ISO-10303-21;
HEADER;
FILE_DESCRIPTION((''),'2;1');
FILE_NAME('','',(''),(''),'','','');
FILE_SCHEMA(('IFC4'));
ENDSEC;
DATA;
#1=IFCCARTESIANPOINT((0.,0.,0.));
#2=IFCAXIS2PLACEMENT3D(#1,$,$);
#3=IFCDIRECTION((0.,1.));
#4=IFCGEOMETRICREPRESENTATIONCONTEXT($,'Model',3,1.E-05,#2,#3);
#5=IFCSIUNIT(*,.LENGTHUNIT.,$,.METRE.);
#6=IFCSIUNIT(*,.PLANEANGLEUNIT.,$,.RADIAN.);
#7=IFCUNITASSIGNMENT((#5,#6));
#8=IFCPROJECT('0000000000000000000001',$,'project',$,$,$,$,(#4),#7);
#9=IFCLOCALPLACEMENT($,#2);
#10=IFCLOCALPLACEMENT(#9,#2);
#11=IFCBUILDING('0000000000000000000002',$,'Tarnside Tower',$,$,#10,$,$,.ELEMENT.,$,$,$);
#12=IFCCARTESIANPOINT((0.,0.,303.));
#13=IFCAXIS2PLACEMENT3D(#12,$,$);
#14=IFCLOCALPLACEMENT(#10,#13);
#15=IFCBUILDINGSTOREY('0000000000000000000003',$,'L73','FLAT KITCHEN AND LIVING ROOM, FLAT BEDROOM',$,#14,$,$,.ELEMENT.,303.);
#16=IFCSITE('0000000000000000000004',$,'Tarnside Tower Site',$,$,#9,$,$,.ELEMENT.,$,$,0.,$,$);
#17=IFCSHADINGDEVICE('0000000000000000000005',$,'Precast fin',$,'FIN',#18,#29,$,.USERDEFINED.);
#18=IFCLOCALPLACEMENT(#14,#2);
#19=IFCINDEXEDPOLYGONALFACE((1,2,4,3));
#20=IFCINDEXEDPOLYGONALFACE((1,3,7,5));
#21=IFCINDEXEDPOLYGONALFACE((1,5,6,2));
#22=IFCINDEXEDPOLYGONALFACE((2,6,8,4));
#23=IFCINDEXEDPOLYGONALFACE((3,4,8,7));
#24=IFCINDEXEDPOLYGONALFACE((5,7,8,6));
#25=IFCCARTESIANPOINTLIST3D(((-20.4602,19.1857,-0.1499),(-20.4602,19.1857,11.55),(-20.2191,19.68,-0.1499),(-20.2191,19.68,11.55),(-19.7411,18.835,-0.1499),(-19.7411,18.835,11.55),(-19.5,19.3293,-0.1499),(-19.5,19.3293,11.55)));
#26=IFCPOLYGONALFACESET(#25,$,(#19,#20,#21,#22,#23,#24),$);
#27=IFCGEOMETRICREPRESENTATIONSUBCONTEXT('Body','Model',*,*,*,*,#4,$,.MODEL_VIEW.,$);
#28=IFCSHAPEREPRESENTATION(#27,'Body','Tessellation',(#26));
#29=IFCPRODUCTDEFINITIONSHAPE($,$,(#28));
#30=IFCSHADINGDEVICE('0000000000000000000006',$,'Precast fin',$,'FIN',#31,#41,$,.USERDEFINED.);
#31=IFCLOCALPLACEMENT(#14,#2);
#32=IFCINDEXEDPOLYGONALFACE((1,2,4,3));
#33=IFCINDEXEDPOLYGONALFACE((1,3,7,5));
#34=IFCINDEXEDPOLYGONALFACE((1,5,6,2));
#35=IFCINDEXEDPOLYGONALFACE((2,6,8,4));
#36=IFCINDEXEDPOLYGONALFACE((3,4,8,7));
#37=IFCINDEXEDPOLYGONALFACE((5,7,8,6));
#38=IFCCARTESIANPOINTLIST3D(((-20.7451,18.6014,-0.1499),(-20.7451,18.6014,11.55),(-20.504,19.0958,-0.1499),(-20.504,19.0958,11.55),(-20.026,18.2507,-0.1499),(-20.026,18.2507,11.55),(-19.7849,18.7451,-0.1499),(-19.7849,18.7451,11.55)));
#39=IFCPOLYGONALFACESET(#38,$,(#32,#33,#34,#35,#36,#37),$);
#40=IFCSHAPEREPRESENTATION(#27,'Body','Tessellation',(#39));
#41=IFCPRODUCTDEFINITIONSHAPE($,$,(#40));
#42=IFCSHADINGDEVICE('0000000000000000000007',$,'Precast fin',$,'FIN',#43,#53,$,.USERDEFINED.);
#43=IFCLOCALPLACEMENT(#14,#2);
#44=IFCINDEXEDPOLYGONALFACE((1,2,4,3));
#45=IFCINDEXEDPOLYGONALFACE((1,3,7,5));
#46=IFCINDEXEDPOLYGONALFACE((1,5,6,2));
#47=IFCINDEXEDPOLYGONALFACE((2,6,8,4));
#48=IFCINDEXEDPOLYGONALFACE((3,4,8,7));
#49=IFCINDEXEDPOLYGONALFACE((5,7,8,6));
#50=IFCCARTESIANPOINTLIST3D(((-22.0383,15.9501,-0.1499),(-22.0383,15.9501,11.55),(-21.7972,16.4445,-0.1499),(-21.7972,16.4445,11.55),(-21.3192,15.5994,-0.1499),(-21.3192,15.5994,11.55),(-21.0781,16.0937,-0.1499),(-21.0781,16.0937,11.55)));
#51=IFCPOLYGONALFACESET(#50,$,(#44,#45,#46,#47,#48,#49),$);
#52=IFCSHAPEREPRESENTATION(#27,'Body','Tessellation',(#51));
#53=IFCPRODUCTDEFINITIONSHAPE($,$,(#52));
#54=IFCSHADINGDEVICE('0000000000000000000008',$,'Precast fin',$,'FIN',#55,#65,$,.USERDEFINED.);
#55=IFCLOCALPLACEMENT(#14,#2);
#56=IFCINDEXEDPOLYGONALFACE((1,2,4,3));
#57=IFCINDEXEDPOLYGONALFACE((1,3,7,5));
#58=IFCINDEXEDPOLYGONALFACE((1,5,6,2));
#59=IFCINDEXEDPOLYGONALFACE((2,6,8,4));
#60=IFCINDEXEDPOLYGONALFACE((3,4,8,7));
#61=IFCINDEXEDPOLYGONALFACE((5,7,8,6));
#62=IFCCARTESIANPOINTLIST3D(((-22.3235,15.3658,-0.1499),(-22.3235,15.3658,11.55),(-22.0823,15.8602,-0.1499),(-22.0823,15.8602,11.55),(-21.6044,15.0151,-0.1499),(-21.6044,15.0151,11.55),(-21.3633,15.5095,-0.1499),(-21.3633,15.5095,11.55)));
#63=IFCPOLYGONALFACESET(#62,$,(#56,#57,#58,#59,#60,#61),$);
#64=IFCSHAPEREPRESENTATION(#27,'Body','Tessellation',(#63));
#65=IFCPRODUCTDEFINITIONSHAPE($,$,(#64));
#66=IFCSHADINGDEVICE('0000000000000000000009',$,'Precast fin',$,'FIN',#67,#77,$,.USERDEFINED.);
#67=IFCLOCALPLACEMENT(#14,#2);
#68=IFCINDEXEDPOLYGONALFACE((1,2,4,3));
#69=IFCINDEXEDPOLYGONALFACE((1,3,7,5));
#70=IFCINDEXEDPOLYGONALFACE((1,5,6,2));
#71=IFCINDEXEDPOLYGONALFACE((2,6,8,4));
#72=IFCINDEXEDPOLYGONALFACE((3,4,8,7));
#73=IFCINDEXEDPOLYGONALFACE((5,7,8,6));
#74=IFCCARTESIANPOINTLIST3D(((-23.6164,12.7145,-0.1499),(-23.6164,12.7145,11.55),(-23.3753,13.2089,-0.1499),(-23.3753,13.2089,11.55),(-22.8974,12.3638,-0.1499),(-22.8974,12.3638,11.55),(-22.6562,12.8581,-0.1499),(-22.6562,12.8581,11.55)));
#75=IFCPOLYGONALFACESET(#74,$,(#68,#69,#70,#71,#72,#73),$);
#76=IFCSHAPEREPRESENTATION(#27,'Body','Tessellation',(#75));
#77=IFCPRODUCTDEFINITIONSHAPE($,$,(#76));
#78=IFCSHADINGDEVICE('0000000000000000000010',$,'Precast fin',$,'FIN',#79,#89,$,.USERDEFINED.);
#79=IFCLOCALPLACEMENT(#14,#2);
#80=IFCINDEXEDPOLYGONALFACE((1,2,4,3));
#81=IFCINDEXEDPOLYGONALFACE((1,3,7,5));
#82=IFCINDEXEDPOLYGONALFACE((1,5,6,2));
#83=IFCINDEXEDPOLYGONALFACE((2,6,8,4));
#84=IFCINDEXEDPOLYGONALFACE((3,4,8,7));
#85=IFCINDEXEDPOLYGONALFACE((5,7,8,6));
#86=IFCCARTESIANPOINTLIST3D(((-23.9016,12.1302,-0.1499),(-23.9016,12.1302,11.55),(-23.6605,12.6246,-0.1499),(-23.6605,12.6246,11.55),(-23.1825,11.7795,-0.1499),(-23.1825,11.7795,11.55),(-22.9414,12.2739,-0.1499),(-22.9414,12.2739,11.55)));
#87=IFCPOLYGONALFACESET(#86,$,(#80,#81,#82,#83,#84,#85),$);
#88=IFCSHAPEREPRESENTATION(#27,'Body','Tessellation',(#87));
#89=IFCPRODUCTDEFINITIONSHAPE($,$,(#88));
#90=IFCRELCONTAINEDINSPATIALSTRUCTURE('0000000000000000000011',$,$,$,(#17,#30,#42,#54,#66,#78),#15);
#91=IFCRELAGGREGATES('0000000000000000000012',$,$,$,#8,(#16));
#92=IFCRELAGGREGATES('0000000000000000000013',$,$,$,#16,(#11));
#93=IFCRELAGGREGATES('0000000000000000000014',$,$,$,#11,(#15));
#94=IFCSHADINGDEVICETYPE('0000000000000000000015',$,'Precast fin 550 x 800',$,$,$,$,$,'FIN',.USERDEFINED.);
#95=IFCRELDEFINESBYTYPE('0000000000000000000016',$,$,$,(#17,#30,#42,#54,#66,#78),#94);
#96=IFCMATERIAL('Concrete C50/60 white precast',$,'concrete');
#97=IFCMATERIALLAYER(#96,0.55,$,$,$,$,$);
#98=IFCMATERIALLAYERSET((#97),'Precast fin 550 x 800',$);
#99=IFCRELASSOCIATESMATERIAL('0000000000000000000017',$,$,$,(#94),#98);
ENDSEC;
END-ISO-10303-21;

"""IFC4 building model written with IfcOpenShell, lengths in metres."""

from ifc_helpers import new_model, si_unit, direction, frame, origin, place, context, subcontext, project, spatial, polyline, outline, extrude, material, layer, layer_set, type_object, element, save


model = new_model("IFC4")

# Units and contexts
model_context = context("Model", 3, precision=1e-05, world=origin(), true_north=direction((0.0, 1.0)))
body_context = subcontext(model_context, "Body", "Model", "MODEL_VIEW")
ifc_project = project(units=[si_unit("LENGTHUNIT", "METRE"), si_unit("PLANEANGLEUNIT", "RADIAN")], contexts=[model_context])

# Site, building, storey
site_placement = place(None, origin())
site = spatial("IfcSite", under=ifc_project, at=site_placement, Name="Tarnside Tower Site", CompositionType="ELEMENT", RefElevation=0.0)
building_placement = place(site_placement, origin())
building = spatial("IfcBuilding", under=site, at=building_placement, Name="Tarnside Tower", CompositionType="ELEMENT")
storey_placement = place(building_placement, frame((0.0, 0.0, 303.0)))
storey = spatial("IfcBuildingStorey", under=building, at=storey_placement, Name="L73", Description="FLAT KITCHEN AND LIVING ROOM, FLAT BEDROOM", CompositionType="ELEMENT", Elevation=303.0)

# Shading devices
ifc_material_1 = material(Name="Concrete C50/60 white precast", Category="concrete")
ifc_layer_1 = layer(ifc_material_1, 0.55)
ifc_layer_set_1 = layer_set([ifc_layer_1], Name="Precast fin 550 x 800")
shading_device_type = type_object("IfcShadingDeviceType", Name="Precast fin 550 x 800", ElementType="FIN", PredefinedType="USERDEFINED", material=ifc_layer_set_1)
for number, where, z_axis, x_axis, name in (
    (1, (-19.6206, 19.082, -0.1499), (0.438371, 0.898794, 0.0), (-0.898794, 0.438371, 0.0), "Precast fin"),
    (2, (-19.9055, 18.4978, -0.1499), (0.438371, 0.898794, 0.0), (-0.898794, 0.438371, 0.0), "Precast fin"),
    (3, (-21.1987, 15.8464, -0.1499), (0.438371, 0.898794, 0.0), (-0.898794, 0.438371, 0.0), "Precast fin"),
    (4, (-21.4839, 15.2622, -0.1499), (0.438371, 0.898794, 0.0), (-0.898794, 0.438371, 0.0), "Precast fin"),
    (5, (-22.7769, 12.6108, -0.1499), (0.438371, 0.898794, 0.0), (-0.898794, 0.438371, 0.0), "Precast fin"),
    (6, (-23.062, 12.0266, -0.1499), (0.438371, 0.898794, 0.0), (-0.898794, 0.438371, 0.0), "Precast fin"),
):
    element("IfcShadingDevice", number, at=place(storey_placement, frame(where, z_axis=z_axis, x_axis=x_axis)), inside=storey, type_object=shading_device_type, Name=name, ObjectType="FIN", PredefinedType="USERDEFINED", context=body_context, shape_type="SweptSolid", body=[
        extrude(outline(polyline([(0.0, 0.0), (0.8, 0.0), (0.8, 11.7), (0.0, 11.7), (0.0, 0.0)])), frame((0.0, 0.0, -0.2749)), (0.0, 0.0, 1.0), 0.55),
    ])

save(model, "model.ifc")
